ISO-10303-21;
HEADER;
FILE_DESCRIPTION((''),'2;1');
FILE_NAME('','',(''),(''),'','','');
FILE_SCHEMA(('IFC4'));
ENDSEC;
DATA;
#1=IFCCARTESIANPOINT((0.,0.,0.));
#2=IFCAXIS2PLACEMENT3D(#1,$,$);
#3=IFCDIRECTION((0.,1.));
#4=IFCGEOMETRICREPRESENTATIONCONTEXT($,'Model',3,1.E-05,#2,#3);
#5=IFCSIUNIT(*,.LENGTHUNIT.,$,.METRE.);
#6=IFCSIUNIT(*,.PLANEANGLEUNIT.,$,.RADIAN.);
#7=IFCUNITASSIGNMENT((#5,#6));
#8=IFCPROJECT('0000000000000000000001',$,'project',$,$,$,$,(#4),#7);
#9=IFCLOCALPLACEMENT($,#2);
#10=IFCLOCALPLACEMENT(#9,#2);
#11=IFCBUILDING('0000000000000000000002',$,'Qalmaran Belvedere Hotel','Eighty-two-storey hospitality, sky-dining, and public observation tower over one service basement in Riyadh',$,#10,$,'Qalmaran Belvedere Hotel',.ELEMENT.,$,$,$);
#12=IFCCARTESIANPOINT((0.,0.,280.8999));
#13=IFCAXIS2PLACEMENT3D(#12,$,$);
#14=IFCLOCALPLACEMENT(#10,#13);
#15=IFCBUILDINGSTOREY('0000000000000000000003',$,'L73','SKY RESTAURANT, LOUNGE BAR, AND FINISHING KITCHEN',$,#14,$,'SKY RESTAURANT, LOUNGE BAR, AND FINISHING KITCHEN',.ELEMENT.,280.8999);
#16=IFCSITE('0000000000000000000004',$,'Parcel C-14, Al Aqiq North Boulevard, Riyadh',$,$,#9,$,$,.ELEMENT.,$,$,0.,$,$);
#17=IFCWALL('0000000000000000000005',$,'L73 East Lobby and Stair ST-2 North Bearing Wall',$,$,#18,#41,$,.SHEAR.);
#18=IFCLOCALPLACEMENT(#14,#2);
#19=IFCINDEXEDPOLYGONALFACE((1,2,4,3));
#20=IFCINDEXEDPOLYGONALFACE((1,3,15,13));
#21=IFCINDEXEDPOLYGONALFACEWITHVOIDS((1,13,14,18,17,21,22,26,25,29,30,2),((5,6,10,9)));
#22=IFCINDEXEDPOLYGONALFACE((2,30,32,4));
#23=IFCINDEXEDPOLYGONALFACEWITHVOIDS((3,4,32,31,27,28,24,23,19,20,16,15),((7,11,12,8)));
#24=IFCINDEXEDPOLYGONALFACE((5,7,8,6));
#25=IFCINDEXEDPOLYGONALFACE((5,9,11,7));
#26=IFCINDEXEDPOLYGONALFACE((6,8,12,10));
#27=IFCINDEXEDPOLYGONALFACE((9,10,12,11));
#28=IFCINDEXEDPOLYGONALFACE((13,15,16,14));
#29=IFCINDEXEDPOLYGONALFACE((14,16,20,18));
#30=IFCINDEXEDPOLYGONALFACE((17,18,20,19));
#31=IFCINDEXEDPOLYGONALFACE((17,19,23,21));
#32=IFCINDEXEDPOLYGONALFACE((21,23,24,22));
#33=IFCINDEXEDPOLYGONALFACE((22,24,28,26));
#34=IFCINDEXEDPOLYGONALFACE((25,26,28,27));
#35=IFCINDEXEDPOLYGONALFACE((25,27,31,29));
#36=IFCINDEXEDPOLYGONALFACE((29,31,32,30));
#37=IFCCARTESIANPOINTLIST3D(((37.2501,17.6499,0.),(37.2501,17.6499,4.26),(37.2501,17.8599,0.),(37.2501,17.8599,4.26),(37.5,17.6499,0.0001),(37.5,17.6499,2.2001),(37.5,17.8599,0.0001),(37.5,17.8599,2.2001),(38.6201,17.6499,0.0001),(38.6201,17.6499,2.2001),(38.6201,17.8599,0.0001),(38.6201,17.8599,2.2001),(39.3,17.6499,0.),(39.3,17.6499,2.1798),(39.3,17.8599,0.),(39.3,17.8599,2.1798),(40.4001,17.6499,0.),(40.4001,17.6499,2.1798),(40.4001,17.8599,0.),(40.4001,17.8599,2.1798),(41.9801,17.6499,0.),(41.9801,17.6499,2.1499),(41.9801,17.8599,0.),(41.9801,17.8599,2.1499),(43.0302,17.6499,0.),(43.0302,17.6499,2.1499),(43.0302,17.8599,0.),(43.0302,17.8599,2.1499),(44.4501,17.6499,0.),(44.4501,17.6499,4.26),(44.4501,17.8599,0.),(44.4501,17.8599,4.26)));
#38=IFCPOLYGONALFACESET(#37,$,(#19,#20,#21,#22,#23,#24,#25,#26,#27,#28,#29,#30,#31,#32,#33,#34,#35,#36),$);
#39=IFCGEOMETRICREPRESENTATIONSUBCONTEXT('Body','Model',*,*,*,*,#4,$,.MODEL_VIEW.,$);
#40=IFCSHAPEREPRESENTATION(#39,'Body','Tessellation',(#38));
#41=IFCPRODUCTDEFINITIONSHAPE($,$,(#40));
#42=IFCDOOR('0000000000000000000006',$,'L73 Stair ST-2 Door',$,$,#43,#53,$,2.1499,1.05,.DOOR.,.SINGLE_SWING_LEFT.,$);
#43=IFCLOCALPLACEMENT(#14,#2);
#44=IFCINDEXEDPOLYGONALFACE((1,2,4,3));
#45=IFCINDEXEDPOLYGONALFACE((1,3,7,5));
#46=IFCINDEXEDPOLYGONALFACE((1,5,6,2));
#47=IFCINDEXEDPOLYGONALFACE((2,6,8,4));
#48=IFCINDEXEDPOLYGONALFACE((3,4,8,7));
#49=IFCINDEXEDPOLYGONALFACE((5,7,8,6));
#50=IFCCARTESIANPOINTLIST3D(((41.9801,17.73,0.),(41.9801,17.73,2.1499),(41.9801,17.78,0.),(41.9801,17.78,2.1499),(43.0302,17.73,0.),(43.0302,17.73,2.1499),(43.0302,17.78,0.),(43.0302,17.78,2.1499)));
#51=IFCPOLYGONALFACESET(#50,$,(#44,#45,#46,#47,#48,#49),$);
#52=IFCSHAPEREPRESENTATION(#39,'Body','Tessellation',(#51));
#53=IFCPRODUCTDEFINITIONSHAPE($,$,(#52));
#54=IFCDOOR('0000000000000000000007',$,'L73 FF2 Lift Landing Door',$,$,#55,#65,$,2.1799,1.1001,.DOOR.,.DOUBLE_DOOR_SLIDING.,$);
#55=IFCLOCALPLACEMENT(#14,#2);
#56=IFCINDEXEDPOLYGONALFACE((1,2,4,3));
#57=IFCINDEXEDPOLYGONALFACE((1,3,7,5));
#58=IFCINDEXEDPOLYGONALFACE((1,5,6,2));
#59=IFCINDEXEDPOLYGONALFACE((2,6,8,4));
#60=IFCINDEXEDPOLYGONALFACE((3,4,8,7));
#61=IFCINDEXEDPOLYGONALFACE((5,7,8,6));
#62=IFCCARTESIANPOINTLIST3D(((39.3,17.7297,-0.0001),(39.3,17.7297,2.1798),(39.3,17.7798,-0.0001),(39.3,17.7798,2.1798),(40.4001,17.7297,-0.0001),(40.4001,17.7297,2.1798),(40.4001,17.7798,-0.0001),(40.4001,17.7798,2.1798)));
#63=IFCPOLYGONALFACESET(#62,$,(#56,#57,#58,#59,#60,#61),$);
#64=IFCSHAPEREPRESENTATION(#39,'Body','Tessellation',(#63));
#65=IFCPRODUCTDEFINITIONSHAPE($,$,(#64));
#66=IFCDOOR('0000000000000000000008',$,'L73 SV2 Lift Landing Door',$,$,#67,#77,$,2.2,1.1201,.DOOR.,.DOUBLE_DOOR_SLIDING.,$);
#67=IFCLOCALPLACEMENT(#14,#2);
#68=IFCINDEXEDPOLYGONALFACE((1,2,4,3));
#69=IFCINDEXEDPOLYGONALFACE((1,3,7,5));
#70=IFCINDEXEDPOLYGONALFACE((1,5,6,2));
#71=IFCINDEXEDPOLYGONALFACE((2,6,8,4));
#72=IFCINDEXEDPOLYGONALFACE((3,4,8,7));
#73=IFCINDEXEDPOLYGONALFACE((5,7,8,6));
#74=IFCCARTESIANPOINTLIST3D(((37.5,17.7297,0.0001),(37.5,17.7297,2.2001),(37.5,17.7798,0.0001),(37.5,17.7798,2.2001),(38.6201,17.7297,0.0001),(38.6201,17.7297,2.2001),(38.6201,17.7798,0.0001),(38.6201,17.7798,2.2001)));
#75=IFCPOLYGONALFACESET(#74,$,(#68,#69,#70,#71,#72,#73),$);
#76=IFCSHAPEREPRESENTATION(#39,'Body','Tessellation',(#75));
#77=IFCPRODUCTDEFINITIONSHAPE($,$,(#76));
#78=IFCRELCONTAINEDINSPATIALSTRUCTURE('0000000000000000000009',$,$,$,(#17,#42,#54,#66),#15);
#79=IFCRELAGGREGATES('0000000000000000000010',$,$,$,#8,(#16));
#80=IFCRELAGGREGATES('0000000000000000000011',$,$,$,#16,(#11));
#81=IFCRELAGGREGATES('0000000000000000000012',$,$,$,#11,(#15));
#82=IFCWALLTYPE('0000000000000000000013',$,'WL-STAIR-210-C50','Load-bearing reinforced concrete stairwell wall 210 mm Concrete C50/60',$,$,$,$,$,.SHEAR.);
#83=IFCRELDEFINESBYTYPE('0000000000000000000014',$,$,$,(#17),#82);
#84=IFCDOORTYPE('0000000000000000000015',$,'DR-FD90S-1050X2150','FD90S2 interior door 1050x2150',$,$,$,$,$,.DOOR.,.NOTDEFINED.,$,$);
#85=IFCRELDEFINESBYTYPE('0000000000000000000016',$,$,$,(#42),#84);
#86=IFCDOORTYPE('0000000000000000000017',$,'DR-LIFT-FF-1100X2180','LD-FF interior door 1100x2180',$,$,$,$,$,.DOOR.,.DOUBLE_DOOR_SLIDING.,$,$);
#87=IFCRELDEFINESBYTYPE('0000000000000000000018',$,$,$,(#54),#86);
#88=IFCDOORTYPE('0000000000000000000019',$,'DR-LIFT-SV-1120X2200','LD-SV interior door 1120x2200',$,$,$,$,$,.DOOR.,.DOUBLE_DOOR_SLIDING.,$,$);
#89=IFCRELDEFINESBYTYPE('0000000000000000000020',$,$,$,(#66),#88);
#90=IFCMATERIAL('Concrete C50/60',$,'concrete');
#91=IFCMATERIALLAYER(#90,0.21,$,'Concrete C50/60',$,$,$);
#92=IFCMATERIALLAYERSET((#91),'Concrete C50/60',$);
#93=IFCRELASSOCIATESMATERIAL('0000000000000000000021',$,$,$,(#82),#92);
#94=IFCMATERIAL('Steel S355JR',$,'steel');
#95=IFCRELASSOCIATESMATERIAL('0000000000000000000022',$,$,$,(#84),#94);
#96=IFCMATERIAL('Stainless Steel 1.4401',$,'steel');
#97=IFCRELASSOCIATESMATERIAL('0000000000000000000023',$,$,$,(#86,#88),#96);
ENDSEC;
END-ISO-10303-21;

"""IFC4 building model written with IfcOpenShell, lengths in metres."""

from ifc_helpers import new_model, si_unit, direction, frame, frame_2d, origin, place, context, subcontext, project, spatial, rectangle, extrude, material, layer, layer_set, type_object, element, fill, save


model = new_model("IFC4")

# Units and contexts
model_context = context("Model", 3, precision=1e-05, world=origin(), true_north=direction((0.0, 1.0)))
body_context = subcontext(model_context, "Body", "Model", "MODEL_VIEW")
ifc_project = project(units=[si_unit("LENGTHUNIT", "METRE"), si_unit("PLANEANGLEUNIT", "RADIAN")], contexts=[model_context])

# Site, building, storey
site_placement = place(None, origin())
site = spatial("IfcSite", under=ifc_project, at=site_placement, Name="Parcel C-14, Al Aqiq North Boulevard, Riyadh", CompositionType="ELEMENT", RefElevation=0.0)
building_placement = place(site_placement, origin())
building = spatial("IfcBuilding", under=site, at=building_placement, Name="Qalmaran Belvedere Hotel", Description="Eighty-two-storey hospitality, sky-dining, and public observation tower over one service basement in Riyadh", LongName="Qalmaran Belvedere Hotel", CompositionType="ELEMENT")
storey_placement = place(building_placement, frame((0.0, 0.0, 280.8999)))
storey = spatial("IfcBuildingStorey", under=building, at=storey_placement, Name="L73", Description="SKY RESTAURANT, LOUNGE BAR, AND FINISHING KITCHEN", LongName="SKY RESTAURANT, LOUNGE BAR, AND FINISHING KITCHEN", CompositionType="ELEMENT", Elevation=280.8999)

# Shared definitions
ifc_material_1 = material(Name="Concrete C50/60", Category="concrete")

# Shared definitions
ifc_material_2 = material(Name="Steel S355JR", Category="steel")

# Shared definitions
ifc_layer_1 = layer(ifc_material_1, 0.21, Name="Concrete C50/60")
ifc_layer_set_1 = layer_set([ifc_layer_1], Name="Concrete C50/60")
wall_type_1 = type_object("IfcWallType", Name="WL-STAIR-210-C50", Description="Load-bearing reinforced concrete stairwell wall 210 mm Concrete C50/60", PredefinedType="SHEAR", material=ifc_layer_set_1)

# Wall, openings, doors
wall_1_placement = place(storey_placement, frame((37.25, 17.7549, 0.0), z_axis=(0.0, 0.0, 1.0), x_axis=(1.0, 0.0, 0.0)))
wall_1 = element("IfcWall", 1, at=wall_1_placement, inside=storey, type_object=wall_type_1, Name="L73 East Lobby and Stair ST-2 North Bearing Wall", PredefinedType="SHEAR", context=body_context, shape_type="SweptSolid", body=[
    extrude(rectangle(XDim=7.2, YDim=0.21, at=frame_2d((3.6001, 0.0))), origin(), (0.0, 0.0, 1.0), 4.26),
])
opening_1_placement = place(wall_1_placement, frame((0.25, 0.0, 0.0)))
opening_1 = element("IfcOpeningElement", 2, at=opening_1_placement, cuts=wall_1, PredefinedType="OPENING", context=body_context, shape_type="SweptSolid", body=[
    extrude(rectangle(XDim=1.1201, YDim=2.2, at=frame_2d((0.5601, 1.1001))), frame((0.0, 0.115, 0.0), z_axis=(0.0, -1.0, 0.0), x_axis=(1.0, 0.0, 0.0)), (0.0, 0.0, 1.0), 0.23),
])
opening_2_placement = place(wall_1_placement, frame((2.05, 0.0, 0.0)))
opening_2 = element("IfcOpeningElement", 3, at=opening_2_placement, cuts=wall_1, PredefinedType="OPENING", context=body_context, shape_type="SweptSolid", body=[
    extrude(rectangle(XDim=1.1001, YDim=2.1799, at=frame_2d((0.55, 1.0898))), frame((0.0, 0.115, 0.0), z_axis=(0.0, -1.0, 0.0), x_axis=(1.0, 0.0, 0.0)), (0.0, 0.0, 1.0), 0.23),
])
opening_3_placement = place(wall_1_placement, frame((5.78, 0.0, 0.0), z_axis=(0.0, 0.0, 1.0), x_axis=(-1.0, 0.0, 0.0)))
opening_3 = element("IfcOpeningElement", 4, at=opening_3_placement, cuts=wall_1, PredefinedType="OPENING", context=body_context, shape_type="SweptSolid", body=[
    extrude(rectangle(XDim=1.05, YDim=2.1499, at=frame_2d((0.5249, 1.075))), frame((0.0, 0.115, 0.0), z_axis=(0.0, -1.0, 0.0), x_axis=(1.0, 0.0, 0.0)), (0.0, 0.0, 1.0), 0.23),
])
door_type_1 = type_object("IfcDoorType", Name="DR-FD90S-1050X2150", Description="FD90S2 interior door 1050x2150", OperationType="NOTDEFINED", PredefinedType="DOOR", material=ifc_material_2)
door_1_placement = place(opening_3_placement, origin())
door_1 = element("IfcDoor", 5, at=door_1_placement, inside=storey, type_object=door_type_1, Name="L73 Stair ST-2 Door", OperationType="SINGLE_SWING_LEFT", OverallHeight=2.1499, OverallWidth=1.05, PredefinedType="DOOR", context=body_context, shape_type="SweptSolid", body=[
    extrude(rectangle(XDim=1.05, YDim=2.1499, at=frame_2d((0.5249, 1.075))), frame((0.0, 0.0249, 0.0), z_axis=(0.0, -1.0, 0.0), x_axis=(1.0, 0.0, 0.0)), (0.0, 0.0, 1.0), 0.05),
])
fill(opening_3, door_1)
ifc_material_3 = material(Name="Stainless Steel 1.4401", Category="steel")
door_type_2 = type_object("IfcDoorType", Name="DR-LIFT-FF-1100X2180", Description="LD-FF interior door 1100x2180", OperationType="DOUBLE_DOOR_SLIDING", PredefinedType="DOOR", material=ifc_material_3)
door_2_placement = place(opening_2_placement, origin())
door_2 = element("IfcDoor", 6, at=door_2_placement, inside=storey, type_object=door_type_2, Name="L73 FF2 Lift Landing Door", OperationType="DOUBLE_DOOR_SLIDING", OverallHeight=2.1799, OverallWidth=1.1001, PredefinedType="DOOR", context=body_context, shape_type="SweptSolid", body=[
    extrude(rectangle(XDim=1.1001, YDim=2.1799, at=frame_2d((0.55, 1.0898))), frame((0.0, 0.0249, 0.0), z_axis=(0.0, -1.0, 0.0), x_axis=(1.0, 0.0, 0.0)), (0.0, 0.0, 1.0), 0.05),
])
fill(opening_2, door_2)
door_type_3 = type_object("IfcDoorType", Name="DR-LIFT-SV-1120X2200", Description="LD-SV interior door 1120x2200", OperationType="DOUBLE_DOOR_SLIDING", PredefinedType="DOOR", material=ifc_material_3)
door_3_placement = place(opening_1_placement, origin())
door_3 = element("IfcDoor", 7, at=door_3_placement, inside=storey, type_object=door_type_3, Name="L73 SV2 Lift Landing Door", OperationType="DOUBLE_DOOR_SLIDING", OverallHeight=2.2, OverallWidth=1.1201, PredefinedType="DOOR", context=body_context, shape_type="SweptSolid", body=[
    extrude(rectangle(XDim=1.1201, YDim=2.2, at=frame_2d((0.5601, 1.1001))), frame((0.0, 0.0249, 0.0), z_axis=(0.0, -1.0, 0.0), x_axis=(1.0, 0.0, 0.0)), (0.0, 0.0, 1.0), 0.05),
])
fill(opening_1, door_3)

save(model, "model.ifc")
